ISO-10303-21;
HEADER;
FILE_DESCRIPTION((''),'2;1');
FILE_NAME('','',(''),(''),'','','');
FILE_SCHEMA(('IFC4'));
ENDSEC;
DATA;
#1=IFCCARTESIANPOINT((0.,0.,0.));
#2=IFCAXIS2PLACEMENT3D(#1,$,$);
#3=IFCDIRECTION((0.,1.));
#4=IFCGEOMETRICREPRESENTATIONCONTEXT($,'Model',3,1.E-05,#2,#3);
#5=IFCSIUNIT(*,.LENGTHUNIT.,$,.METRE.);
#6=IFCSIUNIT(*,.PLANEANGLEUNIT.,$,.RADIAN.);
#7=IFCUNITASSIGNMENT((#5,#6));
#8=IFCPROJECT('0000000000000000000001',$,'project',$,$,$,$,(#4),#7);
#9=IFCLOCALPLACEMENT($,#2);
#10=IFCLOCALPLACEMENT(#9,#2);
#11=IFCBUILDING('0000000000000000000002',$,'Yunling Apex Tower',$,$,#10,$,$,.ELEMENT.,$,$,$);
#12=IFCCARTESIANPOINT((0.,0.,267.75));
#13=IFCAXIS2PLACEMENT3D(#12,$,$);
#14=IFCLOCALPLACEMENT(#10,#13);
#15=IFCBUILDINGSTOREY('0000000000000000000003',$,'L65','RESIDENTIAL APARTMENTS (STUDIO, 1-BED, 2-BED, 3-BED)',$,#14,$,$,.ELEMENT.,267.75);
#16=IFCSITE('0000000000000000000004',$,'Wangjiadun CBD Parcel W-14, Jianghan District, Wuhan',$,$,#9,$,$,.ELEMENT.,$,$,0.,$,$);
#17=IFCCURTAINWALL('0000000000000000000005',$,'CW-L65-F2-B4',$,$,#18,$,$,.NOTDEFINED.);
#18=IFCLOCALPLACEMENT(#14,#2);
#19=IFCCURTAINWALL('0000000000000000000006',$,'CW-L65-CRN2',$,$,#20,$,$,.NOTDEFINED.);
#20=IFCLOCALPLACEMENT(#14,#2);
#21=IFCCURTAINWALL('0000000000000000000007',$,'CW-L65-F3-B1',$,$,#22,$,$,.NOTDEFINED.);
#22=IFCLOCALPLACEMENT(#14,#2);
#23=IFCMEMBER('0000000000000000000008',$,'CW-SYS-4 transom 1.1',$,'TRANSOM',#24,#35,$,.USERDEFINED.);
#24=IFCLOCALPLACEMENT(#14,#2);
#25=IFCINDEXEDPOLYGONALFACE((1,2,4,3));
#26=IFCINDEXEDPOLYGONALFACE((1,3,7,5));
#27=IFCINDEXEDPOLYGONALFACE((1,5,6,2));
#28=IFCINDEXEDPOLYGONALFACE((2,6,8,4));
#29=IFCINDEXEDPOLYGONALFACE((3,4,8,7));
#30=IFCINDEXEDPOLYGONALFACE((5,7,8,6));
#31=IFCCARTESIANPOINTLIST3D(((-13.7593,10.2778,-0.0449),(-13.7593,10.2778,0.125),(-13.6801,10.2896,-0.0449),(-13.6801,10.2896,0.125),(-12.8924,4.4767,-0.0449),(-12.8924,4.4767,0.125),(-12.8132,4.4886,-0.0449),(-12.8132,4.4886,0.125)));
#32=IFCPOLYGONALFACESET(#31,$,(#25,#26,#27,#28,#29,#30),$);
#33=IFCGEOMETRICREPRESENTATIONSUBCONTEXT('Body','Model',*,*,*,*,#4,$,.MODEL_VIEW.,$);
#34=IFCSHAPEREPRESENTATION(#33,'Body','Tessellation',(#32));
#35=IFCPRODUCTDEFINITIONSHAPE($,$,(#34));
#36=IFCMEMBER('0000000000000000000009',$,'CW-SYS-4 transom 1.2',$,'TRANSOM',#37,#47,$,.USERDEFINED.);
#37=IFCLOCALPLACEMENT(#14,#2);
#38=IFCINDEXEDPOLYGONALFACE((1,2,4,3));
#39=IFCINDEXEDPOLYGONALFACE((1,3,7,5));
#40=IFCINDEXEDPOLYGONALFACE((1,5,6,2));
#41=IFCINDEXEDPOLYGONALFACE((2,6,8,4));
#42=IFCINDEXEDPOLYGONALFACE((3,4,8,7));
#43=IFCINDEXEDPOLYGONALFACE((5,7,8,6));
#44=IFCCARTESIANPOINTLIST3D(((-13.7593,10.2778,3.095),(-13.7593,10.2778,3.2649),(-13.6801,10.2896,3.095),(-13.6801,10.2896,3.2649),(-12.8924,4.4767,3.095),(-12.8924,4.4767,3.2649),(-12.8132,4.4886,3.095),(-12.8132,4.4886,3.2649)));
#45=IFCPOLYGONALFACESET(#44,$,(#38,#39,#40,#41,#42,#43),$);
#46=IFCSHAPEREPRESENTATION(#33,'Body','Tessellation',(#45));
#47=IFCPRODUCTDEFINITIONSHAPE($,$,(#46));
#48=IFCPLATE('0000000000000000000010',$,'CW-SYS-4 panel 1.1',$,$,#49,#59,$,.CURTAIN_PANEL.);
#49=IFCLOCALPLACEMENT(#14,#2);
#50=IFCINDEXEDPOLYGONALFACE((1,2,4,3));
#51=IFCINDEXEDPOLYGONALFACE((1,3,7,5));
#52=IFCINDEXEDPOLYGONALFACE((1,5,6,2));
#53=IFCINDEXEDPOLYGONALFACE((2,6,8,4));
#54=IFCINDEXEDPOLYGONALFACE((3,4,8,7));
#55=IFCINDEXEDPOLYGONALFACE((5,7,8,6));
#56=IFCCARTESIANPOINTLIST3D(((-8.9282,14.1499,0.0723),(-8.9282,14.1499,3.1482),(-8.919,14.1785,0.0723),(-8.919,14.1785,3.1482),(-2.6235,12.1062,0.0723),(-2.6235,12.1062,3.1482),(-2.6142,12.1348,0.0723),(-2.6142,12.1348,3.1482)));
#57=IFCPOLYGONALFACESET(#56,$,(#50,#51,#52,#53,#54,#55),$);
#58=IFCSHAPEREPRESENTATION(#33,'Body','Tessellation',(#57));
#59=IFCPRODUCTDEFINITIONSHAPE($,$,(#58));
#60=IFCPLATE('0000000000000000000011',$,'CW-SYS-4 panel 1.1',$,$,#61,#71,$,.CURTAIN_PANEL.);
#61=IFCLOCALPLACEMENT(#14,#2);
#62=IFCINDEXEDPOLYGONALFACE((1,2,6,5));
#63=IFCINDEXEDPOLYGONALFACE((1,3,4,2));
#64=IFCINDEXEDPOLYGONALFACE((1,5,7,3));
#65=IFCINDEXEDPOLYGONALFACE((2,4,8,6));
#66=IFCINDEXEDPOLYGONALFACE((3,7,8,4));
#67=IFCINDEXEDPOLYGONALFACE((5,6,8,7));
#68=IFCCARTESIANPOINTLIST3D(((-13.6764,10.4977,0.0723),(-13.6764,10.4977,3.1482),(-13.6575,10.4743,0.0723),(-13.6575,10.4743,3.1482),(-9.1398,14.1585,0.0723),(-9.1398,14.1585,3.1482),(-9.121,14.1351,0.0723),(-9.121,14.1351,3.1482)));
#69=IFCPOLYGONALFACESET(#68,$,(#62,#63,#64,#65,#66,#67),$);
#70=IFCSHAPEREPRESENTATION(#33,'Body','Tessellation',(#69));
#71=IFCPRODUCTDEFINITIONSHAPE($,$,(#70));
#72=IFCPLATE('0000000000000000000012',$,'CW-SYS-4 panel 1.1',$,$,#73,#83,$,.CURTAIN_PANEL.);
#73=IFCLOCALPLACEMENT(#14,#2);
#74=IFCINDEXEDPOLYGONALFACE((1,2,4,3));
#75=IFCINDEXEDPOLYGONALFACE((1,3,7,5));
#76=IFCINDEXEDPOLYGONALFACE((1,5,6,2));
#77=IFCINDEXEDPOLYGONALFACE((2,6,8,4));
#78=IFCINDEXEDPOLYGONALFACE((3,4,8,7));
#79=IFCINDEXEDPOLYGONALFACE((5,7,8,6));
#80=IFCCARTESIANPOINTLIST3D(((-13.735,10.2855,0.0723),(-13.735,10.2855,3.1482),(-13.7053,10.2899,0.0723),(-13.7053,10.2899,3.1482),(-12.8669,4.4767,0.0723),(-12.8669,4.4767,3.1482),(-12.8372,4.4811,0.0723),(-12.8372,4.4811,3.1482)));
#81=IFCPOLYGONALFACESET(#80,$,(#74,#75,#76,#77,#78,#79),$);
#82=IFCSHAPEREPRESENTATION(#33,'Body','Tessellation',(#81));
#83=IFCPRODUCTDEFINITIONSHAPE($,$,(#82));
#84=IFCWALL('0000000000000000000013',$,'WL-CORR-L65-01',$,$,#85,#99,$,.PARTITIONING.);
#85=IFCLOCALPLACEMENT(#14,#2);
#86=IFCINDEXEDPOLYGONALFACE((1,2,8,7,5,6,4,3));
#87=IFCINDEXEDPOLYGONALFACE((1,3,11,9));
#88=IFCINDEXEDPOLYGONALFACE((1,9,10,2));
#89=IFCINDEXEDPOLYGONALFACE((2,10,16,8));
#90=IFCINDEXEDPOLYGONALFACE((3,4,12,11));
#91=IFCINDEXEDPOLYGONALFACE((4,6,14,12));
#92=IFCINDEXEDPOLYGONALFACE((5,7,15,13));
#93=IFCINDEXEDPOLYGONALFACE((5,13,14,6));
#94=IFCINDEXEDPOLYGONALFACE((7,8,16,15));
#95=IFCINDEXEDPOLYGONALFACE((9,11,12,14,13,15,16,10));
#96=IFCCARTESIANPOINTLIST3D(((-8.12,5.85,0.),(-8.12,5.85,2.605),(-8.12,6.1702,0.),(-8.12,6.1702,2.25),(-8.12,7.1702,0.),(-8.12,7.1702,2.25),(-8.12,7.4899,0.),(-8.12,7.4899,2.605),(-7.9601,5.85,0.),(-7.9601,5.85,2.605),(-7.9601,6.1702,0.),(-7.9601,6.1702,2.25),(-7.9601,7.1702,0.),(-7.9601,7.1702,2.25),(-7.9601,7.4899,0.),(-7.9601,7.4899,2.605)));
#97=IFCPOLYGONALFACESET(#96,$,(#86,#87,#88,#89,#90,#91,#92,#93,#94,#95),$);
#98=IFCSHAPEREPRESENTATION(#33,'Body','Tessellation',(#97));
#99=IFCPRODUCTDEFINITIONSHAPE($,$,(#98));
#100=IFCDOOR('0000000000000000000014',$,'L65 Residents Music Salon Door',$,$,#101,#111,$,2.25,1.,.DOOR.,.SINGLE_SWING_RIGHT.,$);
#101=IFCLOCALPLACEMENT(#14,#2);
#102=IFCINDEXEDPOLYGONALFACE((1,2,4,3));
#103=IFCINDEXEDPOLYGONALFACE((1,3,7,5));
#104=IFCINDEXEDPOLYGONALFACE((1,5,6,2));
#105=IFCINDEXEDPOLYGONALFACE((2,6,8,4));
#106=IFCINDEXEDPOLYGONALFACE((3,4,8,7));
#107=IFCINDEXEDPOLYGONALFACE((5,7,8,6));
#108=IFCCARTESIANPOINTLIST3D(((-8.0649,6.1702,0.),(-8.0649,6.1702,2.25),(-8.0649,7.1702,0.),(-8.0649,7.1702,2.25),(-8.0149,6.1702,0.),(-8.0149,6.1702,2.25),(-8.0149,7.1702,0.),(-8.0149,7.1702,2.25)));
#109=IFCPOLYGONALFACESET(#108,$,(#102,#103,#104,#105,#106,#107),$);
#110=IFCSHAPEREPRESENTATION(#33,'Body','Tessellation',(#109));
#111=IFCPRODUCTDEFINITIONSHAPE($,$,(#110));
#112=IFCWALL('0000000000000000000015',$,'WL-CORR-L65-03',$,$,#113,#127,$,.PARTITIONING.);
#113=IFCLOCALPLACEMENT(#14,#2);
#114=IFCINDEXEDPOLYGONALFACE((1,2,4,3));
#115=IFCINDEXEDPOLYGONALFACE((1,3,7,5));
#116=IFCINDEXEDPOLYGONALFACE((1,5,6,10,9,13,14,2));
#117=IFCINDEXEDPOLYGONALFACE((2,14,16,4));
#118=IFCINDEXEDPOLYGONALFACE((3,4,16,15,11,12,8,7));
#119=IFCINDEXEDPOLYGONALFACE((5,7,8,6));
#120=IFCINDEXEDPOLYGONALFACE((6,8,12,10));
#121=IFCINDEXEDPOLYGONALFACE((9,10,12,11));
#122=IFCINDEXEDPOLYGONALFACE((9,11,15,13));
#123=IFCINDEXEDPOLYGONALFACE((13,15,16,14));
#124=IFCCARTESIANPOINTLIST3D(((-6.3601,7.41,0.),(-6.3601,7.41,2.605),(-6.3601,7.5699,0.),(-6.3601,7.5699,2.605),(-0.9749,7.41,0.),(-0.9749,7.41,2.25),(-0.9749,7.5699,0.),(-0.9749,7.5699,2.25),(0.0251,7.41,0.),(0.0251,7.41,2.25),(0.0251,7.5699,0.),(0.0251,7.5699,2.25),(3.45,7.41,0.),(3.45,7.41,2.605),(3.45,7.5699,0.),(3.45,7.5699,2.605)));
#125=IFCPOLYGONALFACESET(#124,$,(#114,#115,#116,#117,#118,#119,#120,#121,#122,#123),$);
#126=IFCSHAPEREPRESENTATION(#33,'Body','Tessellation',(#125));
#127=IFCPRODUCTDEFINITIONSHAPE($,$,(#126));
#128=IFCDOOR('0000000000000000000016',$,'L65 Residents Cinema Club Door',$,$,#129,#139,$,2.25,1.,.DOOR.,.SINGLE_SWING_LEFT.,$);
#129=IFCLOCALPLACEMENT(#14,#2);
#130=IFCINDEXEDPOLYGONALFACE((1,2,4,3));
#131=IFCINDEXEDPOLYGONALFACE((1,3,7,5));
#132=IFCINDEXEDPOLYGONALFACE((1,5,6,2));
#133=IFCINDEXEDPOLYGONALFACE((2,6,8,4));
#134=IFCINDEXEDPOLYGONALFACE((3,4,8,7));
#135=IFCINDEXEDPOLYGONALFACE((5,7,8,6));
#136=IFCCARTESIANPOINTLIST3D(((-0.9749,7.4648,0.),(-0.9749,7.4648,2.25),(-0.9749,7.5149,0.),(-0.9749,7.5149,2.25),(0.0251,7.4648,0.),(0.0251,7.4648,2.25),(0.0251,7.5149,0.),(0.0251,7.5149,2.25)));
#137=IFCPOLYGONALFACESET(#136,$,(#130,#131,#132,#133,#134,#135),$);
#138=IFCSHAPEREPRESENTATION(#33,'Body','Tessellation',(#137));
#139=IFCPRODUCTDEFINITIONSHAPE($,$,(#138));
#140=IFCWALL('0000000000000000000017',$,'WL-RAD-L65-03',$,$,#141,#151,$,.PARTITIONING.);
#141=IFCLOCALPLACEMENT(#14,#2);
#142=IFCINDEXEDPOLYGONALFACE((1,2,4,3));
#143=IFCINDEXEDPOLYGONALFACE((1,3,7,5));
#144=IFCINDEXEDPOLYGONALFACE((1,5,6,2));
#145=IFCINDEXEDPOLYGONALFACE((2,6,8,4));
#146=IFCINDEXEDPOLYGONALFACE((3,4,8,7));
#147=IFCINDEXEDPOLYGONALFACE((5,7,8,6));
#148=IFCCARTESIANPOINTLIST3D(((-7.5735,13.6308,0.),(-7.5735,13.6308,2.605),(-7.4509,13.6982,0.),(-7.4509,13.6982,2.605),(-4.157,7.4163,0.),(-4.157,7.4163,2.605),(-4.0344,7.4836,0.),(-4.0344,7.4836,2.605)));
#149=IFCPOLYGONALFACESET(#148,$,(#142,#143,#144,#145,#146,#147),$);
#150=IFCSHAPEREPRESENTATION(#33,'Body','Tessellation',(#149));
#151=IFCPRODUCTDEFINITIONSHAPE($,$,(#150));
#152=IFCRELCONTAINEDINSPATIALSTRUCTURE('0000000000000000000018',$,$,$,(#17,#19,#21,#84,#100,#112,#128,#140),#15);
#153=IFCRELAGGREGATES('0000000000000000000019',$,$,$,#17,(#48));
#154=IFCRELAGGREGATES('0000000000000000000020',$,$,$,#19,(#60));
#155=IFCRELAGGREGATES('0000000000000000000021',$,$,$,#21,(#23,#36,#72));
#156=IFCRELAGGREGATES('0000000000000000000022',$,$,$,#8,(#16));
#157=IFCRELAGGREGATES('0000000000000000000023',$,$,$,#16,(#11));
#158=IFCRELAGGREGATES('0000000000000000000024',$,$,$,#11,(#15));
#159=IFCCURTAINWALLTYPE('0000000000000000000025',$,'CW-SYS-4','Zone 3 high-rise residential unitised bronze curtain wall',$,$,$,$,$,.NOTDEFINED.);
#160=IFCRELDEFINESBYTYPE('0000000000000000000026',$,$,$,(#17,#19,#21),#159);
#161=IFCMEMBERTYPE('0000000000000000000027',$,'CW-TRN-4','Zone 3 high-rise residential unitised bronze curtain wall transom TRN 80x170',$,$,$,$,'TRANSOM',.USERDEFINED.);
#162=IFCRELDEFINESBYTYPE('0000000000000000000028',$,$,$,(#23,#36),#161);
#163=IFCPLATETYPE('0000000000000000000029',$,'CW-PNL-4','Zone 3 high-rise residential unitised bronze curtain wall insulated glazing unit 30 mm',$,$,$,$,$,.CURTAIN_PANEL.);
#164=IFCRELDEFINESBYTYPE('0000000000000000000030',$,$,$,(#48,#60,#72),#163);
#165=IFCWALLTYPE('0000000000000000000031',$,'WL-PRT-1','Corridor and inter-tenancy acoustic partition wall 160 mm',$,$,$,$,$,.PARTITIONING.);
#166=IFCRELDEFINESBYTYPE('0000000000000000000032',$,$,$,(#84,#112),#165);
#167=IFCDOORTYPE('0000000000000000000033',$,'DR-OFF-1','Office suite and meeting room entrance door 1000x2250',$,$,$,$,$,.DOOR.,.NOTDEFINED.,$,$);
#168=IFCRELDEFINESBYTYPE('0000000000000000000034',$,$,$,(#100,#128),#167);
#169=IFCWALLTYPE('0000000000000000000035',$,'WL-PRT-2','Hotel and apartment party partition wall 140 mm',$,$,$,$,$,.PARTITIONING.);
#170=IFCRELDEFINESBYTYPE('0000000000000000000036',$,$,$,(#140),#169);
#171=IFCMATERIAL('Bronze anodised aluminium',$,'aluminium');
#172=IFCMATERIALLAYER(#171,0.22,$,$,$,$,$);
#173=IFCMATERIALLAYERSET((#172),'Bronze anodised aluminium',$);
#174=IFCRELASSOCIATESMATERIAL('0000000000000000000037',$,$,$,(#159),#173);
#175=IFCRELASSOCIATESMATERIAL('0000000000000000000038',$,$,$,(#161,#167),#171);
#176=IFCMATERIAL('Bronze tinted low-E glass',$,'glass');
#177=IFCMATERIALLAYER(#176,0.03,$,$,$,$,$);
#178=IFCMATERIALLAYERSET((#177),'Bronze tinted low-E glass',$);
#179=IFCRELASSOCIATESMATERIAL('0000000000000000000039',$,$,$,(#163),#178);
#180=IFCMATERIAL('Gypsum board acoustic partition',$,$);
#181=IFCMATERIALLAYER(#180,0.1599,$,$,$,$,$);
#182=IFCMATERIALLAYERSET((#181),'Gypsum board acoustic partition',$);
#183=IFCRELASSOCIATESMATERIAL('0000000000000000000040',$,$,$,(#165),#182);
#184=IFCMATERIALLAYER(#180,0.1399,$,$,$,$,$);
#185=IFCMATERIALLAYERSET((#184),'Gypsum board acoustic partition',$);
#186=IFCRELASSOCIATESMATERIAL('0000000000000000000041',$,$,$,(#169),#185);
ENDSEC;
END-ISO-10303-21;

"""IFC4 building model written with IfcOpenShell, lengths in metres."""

from ifc_helpers import new_model, si_unit, direction, frame, frame_2d, origin, origin_2d, place, context, subcontext, project, spatial, rectangle, extrude, source, transform, mapped, material, layer, layer_set, material_profile, profile_set, type_object, element, fill, aggregate, save


model = new_model("IFC4")

# Units and contexts
model_context = context("Model", 3, precision=1e-05, world=origin(), true_north=direction((0.0, 1.0)))
body_context = subcontext(model_context, "Body", "Model", "MODEL_VIEW")
ifc_project = project(units=[si_unit("LENGTHUNIT", "METRE"), si_unit("PLANEANGLEUNIT", "RADIAN")], contexts=[model_context])

# Site, building, storey
site_placement = place(None, origin())
site = spatial("IfcSite", under=ifc_project, at=site_placement, Name="Wangjiadun CBD Parcel W-14, Jianghan District, Wuhan", CompositionType="ELEMENT", RefElevation=0.0)
building_placement = place(site_placement, origin())
building = spatial("IfcBuilding", under=site, at=building_placement, Name="Yunling Apex Tower", CompositionType="ELEMENT")
storey_placement = place(building_placement, frame((0.0, 0.0, 267.75)))
storey = spatial("IfcBuildingStorey", under=building, at=storey_placement, Name="L65", Description="RESIDENTIAL APARTMENTS (STUDIO, 1-BED, 2-BED, 3-BED)", CompositionType="ELEMENT", Elevation=267.75)

# Curtain wall
ifc_material_1 = material(Name="Bronze anodised aluminium", Category="aluminium")
ifc_layer_1 = layer(ifc_material_1, 0.22)
ifc_layer_set_1 = layer_set([ifc_layer_1], Name="Bronze anodised aluminium")
curtain_wall_type = type_object("IfcCurtainWallType", Name="CW-SYS-4", Description="Zone 3 high-rise residential unitised bronze curtain wall", PredefinedType="NOTDEFINED", material=ifc_layer_set_1)
curtain_wall_1_placement = place(storey_placement, origin())
curtain_wall_1 = element("IfcCurtainWall", 1, at=curtain_wall_1_placement, inside=storey, type_object=curtain_wall_type, Name="CW-L65-F2-B4", PredefinedType="NOTDEFINED")

# Curtain wall
curtain_wall_2_placement = place(storey_placement, origin())
curtain_wall_2 = element("IfcCurtainWall", 2, at=curtain_wall_2_placement, inside=storey, type_object=curtain_wall_type, Name="CW-L65-CRN2", PredefinedType="NOTDEFINED")

# Curtain wall
curtain_wall_3_placement = place(storey_placement, origin())
curtain_wall_3 = element("IfcCurtainWall", 3, at=curtain_wall_3_placement, inside=storey, type_object=curtain_wall_type, Name="CW-L65-F3-B1", PredefinedType="NOTDEFINED")

# Members
ifc_material_profile_1 = material_profile(ifc_material_1, rectangle(XDim=0.0801, YDim=0.1699, at=origin_2d()))
ifc_profile_set_1 = profile_set([ifc_material_profile_1], Name="Bronze anodised aluminium")
member_type_1 = type_object("IfcMemberType", Name="CW-TRN-4", Description="Zone 3 high-rise residential unitised bronze curtain wall transom TRN 80x170", ElementType="TRANSOM", PredefinedType="USERDEFINED", material=ifc_profile_set_1)
shared_shape_1 = source(origin(), body_context, "Body", "SweptSolid", [
    extrude(rectangle(XDim=0.0801, YDim=0.1699, at=origin_2d()), origin(), (0.0, 0.0, 1.0), 5.8655),
])
member_1_placement = place(storey_placement, frame((-13.7197, 10.2837, 0.04), z_axis=(0.147805, -0.989017, 0.0), x_axis=(0.989017, 0.147805, 0.0)))
member_1 = element("IfcMember", 4, at=member_1_placement, type_object=member_type_1, Name="CW-SYS-4 transom 1.1", ObjectType="TRANSOM", PredefinedType="USERDEFINED", context=body_context, shape_type="MappedRepresentation", body=[
    mapped(shared_shape_1, transform((0.0, 0.0, 0.0), scale=1.0)),
])
member_2_placement = place(storey_placement, frame((-13.7197, 10.2837, 3.1799), z_axis=(0.147805, -0.989017, 0.0), x_axis=(0.989017, 0.147805, 0.0)))
member_2 = element("IfcMember", 5, at=member_2_placement, type_object=member_type_1, Name="CW-SYS-4 transom 1.2", ObjectType="TRANSOM", PredefinedType="USERDEFINED", context=body_context, shape_type="MappedRepresentation", body=[
    mapped(shared_shape_1, transform((0.0, 0.0, 0.0), scale=1.0)),
])

# Plates
ifc_material_2 = material(Name="Bronze tinted low-E glass", Category="glass")
ifc_layer_2 = layer(ifc_material_2, 0.03)
ifc_layer_set_2 = layer_set([ifc_layer_2], Name="Bronze tinted low-E glass")
plate_type = type_object("IfcPlateType", Name="CW-PNL-4", Description="Zone 3 high-rise residential unitised bronze curtain wall insulated glazing unit 30 mm", PredefinedType="CURTAIN_PANEL", material=ifc_layer_set_2)
shared_shape_2 = source(origin(), body_context, "Body", "SweptSolid", [
    extrude(rectangle(XDim=6.6277, YDim=0.03, at=origin_2d()), origin(), (0.0, 0.0, 1.0), 3.0759),
])
plate_1_placement = place(storey_placement, frame((-5.7712, 13.1423, 0.0723), z_axis=(0.0, 0.0, 1.0), x_axis=(-0.951272, 0.308353, 0.0)))
plate_1 = element("IfcPlate", 6, at=plate_1_placement, type_object=plate_type, Name="CW-SYS-4 panel 1.1", PredefinedType="CURTAIN_PANEL", context=body_context, shape_type="MappedRepresentation", body=[
    mapped(shared_shape_2, transform((0.0, 0.0, 0.0), scale=1.0)),
])
aggregate(curtain_wall_1, [plate_1])
shared_shape_3 = source(origin(), body_context, "Body", "SweptSolid", [
    extrude(rectangle(XDim=5.8293, YDim=0.03, at=origin_2d()), origin(), (0.0, 0.0, 1.0), 3.0759),
])
plate_2_placement = place(storey_placement, frame((-11.3987, 12.3164, 0.0723), z_axis=(0.0, 0.0, 1.0), x_axis=(-0.778222, -0.627989, 0.0)))
plate_2 = element("IfcPlate", 7, at=plate_2_placement, type_object=plate_type, Name="CW-SYS-4 panel 1.1", PredefinedType="CURTAIN_PANEL", context=body_context, shape_type="MappedRepresentation", body=[
    mapped(shared_shape_3, transform((0.0, 0.0, 0.0), scale=1.0)),
])
aggregate(curtain_wall_2, [plate_2])
shared_shape_4 = source(origin(), body_context, "Body", "SweptSolid", [
    extrude(rectangle(XDim=5.8733, YDim=0.03, at=origin_2d()), origin(), (0.0, 0.0, 1.0), 3.0759),
])
plate_3_placement = place(storey_placement, frame((-13.2861, 7.3833, 0.0723), z_axis=(0.0, 0.0, 1.0), x_axis=(0.147807, -0.989016, 0.0)))
plate_3 = element("IfcPlate", 8, at=plate_3_placement, type_object=plate_type, Name="CW-SYS-4 panel 1.1", PredefinedType="CURTAIN_PANEL", context=body_context, shape_type="MappedRepresentation", body=[
    mapped(shared_shape_4, transform((0.0, 0.0, 0.0), scale=1.0)),
])
aggregate(curtain_wall_3, [member_1, member_2, plate_3])

# Wall, opening, door
ifc_material_3 = material(Name="Gypsum board acoustic partition")
ifc_layer_3 = layer(ifc_material_3, 0.1599)
ifc_layer_set_3 = layer_set([ifc_layer_3], Name="Gypsum board acoustic partition")
wall_type_1 = type_object("IfcWallType", Name="WL-PRT-1", Description="Corridor and inter-tenancy acoustic partition wall 160 mm", PredefinedType="PARTITIONING", material=ifc_layer_set_3)
wall_1_placement = place(storey_placement, frame((-8.04, 5.8501, 0.0), z_axis=(0.0, 0.0, 1.0), x_axis=(0.0, 1.0, 0.0)))
wall_1 = element("IfcWall", 9, at=wall_1_placement, inside=storey, type_object=wall_type_1, Name="WL-CORR-L65-01", PredefinedType="PARTITIONING", context=body_context, shape_type="SweptSolid", body=[
    extrude(rectangle(XDim=1.6399, YDim=0.1599, at=frame_2d((0.8198, 0.0))), origin(), (0.0, 0.0, 1.0), 2.605),
])
opening_1_placement = place(wall_1_placement, frame((0.3201, 0.0, 0.0)))
opening_1 = element("IfcOpeningElement", 10, at=opening_1_placement, cuts=wall_1, PredefinedType="OPENING", context=body_context, shape_type="SweptSolid", body=[
    extrude(rectangle(XDim=1.0, YDim=2.25, at=frame_2d((0.5, 1.125))), frame((0.0, 0.0898, 0.0), z_axis=(0.0, -1.0, 0.0), x_axis=(1.0, 0.0, 0.0)), (0.0, 0.0, 1.0), 0.1799),
])
door_type = type_object("IfcDoorType", Name="DR-OFF-1", Description="Office suite and meeting room entrance door 1000x2250", OperationType="NOTDEFINED", PredefinedType="DOOR", material=ifc_material_1)
door_1_placement = place(opening_1_placement, origin())
door_1 = element("IfcDoor", 11, at=door_1_placement, inside=storey, type_object=door_type, Name="L65 Residents Music Salon Door", OperationType="SINGLE_SWING_RIGHT", OverallHeight=2.25, OverallWidth=1.0, PredefinedType="DOOR", context=body_context, shape_type="SweptSolid", body=[
    extrude(rectangle(XDim=1.0, YDim=2.25, at=frame_2d((0.5, 1.125))), frame((0.0, 0.0249, 0.0), z_axis=(0.0, -1.0, 0.0), x_axis=(1.0, 0.0, 0.0)), (0.0, 0.0, 1.0), 0.05),
])
fill(opening_1, door_1)

# Wall, opening, door
wall_2_placement = place(storey_placement, frame((-6.3601, 7.49, 0.0), z_axis=(0.0, 0.0, 1.0), x_axis=(1.0, 0.0, 0.0)))
wall_2 = element("IfcWall", 12, at=wall_2_placement, inside=storey, type_object=wall_type_1, Name="WL-CORR-L65-03", PredefinedType="PARTITIONING", context=body_context, shape_type="SweptSolid", body=[
    extrude(rectangle(XDim=9.8101, YDim=0.1599, at=frame_2d((4.905, 0.0))), origin(), (0.0, 0.0, 1.0), 2.605),
])
opening_2_placement = place(wall_2_placement, frame((5.3853, 0.0, 0.0)))
opening_2 = element("IfcOpeningElement", 13, at=opening_2_placement, cuts=wall_2, PredefinedType="OPENING", context=body_context, shape_type="SweptSolid", body=[
    extrude(rectangle(XDim=1.0, YDim=2.25, at=frame_2d((0.5, 1.125))), frame((0.0, 0.0898, 0.0), z_axis=(0.0, -1.0, 0.0), x_axis=(1.0, 0.0, 0.0)), (0.0, 0.0, 1.0), 0.1799),
])
door_2_placement = place(opening_2_placement, origin())
door_2 = element("IfcDoor", 14, at=door_2_placement, inside=storey, type_object=door_type, Name="L65 Residents Cinema Club Door", OperationType="SINGLE_SWING_LEFT", OverallHeight=2.25, OverallWidth=1.0, PredefinedType="DOOR", context=body_context, shape_type="SweptSolid", body=[
    extrude(rectangle(XDim=1.0, YDim=2.25, at=frame_2d((0.5, 1.125))), frame((0.0, 0.0249, 0.0), z_axis=(0.0, -1.0, 0.0), x_axis=(1.0, 0.0, 0.0)), (0.0, 0.0, 1.0), 0.05),
])
fill(opening_2, door_2)

# Wall
ifc_layer_4 = layer(ifc_material_3, 0.1399)
ifc_layer_set_4 = layer_set([ifc_layer_4], Name="Gypsum board acoustic partition")
wall_type_2 = type_object("IfcWallType", Name="WL-PRT-2", Description="Hotel and apartment party partition wall 140 mm", PredefinedType="PARTITIONING", material=ifc_layer_set_4)
wall_3_placement = place(storey_placement, frame((-4.0957, 7.45, 0.0), z_axis=(0.0, 0.0, 1.0), x_axis=(-0.481754, 0.876307, 0.0)))
element("IfcWall", 15, at=wall_3_placement, inside=storey, type_object=wall_type_2, Name="WL-RAD-L65-03", PredefinedType="PARTITIONING", context=body_context, shape_type="SweptSolid", body=[
    extrude(rectangle(XDim=7.0918, YDim=0.1399, at=frame_2d((3.5459, 0.0))), origin(), (0.0, 0.0, 1.0), 2.605),
])

save(model, "model.ifc")
